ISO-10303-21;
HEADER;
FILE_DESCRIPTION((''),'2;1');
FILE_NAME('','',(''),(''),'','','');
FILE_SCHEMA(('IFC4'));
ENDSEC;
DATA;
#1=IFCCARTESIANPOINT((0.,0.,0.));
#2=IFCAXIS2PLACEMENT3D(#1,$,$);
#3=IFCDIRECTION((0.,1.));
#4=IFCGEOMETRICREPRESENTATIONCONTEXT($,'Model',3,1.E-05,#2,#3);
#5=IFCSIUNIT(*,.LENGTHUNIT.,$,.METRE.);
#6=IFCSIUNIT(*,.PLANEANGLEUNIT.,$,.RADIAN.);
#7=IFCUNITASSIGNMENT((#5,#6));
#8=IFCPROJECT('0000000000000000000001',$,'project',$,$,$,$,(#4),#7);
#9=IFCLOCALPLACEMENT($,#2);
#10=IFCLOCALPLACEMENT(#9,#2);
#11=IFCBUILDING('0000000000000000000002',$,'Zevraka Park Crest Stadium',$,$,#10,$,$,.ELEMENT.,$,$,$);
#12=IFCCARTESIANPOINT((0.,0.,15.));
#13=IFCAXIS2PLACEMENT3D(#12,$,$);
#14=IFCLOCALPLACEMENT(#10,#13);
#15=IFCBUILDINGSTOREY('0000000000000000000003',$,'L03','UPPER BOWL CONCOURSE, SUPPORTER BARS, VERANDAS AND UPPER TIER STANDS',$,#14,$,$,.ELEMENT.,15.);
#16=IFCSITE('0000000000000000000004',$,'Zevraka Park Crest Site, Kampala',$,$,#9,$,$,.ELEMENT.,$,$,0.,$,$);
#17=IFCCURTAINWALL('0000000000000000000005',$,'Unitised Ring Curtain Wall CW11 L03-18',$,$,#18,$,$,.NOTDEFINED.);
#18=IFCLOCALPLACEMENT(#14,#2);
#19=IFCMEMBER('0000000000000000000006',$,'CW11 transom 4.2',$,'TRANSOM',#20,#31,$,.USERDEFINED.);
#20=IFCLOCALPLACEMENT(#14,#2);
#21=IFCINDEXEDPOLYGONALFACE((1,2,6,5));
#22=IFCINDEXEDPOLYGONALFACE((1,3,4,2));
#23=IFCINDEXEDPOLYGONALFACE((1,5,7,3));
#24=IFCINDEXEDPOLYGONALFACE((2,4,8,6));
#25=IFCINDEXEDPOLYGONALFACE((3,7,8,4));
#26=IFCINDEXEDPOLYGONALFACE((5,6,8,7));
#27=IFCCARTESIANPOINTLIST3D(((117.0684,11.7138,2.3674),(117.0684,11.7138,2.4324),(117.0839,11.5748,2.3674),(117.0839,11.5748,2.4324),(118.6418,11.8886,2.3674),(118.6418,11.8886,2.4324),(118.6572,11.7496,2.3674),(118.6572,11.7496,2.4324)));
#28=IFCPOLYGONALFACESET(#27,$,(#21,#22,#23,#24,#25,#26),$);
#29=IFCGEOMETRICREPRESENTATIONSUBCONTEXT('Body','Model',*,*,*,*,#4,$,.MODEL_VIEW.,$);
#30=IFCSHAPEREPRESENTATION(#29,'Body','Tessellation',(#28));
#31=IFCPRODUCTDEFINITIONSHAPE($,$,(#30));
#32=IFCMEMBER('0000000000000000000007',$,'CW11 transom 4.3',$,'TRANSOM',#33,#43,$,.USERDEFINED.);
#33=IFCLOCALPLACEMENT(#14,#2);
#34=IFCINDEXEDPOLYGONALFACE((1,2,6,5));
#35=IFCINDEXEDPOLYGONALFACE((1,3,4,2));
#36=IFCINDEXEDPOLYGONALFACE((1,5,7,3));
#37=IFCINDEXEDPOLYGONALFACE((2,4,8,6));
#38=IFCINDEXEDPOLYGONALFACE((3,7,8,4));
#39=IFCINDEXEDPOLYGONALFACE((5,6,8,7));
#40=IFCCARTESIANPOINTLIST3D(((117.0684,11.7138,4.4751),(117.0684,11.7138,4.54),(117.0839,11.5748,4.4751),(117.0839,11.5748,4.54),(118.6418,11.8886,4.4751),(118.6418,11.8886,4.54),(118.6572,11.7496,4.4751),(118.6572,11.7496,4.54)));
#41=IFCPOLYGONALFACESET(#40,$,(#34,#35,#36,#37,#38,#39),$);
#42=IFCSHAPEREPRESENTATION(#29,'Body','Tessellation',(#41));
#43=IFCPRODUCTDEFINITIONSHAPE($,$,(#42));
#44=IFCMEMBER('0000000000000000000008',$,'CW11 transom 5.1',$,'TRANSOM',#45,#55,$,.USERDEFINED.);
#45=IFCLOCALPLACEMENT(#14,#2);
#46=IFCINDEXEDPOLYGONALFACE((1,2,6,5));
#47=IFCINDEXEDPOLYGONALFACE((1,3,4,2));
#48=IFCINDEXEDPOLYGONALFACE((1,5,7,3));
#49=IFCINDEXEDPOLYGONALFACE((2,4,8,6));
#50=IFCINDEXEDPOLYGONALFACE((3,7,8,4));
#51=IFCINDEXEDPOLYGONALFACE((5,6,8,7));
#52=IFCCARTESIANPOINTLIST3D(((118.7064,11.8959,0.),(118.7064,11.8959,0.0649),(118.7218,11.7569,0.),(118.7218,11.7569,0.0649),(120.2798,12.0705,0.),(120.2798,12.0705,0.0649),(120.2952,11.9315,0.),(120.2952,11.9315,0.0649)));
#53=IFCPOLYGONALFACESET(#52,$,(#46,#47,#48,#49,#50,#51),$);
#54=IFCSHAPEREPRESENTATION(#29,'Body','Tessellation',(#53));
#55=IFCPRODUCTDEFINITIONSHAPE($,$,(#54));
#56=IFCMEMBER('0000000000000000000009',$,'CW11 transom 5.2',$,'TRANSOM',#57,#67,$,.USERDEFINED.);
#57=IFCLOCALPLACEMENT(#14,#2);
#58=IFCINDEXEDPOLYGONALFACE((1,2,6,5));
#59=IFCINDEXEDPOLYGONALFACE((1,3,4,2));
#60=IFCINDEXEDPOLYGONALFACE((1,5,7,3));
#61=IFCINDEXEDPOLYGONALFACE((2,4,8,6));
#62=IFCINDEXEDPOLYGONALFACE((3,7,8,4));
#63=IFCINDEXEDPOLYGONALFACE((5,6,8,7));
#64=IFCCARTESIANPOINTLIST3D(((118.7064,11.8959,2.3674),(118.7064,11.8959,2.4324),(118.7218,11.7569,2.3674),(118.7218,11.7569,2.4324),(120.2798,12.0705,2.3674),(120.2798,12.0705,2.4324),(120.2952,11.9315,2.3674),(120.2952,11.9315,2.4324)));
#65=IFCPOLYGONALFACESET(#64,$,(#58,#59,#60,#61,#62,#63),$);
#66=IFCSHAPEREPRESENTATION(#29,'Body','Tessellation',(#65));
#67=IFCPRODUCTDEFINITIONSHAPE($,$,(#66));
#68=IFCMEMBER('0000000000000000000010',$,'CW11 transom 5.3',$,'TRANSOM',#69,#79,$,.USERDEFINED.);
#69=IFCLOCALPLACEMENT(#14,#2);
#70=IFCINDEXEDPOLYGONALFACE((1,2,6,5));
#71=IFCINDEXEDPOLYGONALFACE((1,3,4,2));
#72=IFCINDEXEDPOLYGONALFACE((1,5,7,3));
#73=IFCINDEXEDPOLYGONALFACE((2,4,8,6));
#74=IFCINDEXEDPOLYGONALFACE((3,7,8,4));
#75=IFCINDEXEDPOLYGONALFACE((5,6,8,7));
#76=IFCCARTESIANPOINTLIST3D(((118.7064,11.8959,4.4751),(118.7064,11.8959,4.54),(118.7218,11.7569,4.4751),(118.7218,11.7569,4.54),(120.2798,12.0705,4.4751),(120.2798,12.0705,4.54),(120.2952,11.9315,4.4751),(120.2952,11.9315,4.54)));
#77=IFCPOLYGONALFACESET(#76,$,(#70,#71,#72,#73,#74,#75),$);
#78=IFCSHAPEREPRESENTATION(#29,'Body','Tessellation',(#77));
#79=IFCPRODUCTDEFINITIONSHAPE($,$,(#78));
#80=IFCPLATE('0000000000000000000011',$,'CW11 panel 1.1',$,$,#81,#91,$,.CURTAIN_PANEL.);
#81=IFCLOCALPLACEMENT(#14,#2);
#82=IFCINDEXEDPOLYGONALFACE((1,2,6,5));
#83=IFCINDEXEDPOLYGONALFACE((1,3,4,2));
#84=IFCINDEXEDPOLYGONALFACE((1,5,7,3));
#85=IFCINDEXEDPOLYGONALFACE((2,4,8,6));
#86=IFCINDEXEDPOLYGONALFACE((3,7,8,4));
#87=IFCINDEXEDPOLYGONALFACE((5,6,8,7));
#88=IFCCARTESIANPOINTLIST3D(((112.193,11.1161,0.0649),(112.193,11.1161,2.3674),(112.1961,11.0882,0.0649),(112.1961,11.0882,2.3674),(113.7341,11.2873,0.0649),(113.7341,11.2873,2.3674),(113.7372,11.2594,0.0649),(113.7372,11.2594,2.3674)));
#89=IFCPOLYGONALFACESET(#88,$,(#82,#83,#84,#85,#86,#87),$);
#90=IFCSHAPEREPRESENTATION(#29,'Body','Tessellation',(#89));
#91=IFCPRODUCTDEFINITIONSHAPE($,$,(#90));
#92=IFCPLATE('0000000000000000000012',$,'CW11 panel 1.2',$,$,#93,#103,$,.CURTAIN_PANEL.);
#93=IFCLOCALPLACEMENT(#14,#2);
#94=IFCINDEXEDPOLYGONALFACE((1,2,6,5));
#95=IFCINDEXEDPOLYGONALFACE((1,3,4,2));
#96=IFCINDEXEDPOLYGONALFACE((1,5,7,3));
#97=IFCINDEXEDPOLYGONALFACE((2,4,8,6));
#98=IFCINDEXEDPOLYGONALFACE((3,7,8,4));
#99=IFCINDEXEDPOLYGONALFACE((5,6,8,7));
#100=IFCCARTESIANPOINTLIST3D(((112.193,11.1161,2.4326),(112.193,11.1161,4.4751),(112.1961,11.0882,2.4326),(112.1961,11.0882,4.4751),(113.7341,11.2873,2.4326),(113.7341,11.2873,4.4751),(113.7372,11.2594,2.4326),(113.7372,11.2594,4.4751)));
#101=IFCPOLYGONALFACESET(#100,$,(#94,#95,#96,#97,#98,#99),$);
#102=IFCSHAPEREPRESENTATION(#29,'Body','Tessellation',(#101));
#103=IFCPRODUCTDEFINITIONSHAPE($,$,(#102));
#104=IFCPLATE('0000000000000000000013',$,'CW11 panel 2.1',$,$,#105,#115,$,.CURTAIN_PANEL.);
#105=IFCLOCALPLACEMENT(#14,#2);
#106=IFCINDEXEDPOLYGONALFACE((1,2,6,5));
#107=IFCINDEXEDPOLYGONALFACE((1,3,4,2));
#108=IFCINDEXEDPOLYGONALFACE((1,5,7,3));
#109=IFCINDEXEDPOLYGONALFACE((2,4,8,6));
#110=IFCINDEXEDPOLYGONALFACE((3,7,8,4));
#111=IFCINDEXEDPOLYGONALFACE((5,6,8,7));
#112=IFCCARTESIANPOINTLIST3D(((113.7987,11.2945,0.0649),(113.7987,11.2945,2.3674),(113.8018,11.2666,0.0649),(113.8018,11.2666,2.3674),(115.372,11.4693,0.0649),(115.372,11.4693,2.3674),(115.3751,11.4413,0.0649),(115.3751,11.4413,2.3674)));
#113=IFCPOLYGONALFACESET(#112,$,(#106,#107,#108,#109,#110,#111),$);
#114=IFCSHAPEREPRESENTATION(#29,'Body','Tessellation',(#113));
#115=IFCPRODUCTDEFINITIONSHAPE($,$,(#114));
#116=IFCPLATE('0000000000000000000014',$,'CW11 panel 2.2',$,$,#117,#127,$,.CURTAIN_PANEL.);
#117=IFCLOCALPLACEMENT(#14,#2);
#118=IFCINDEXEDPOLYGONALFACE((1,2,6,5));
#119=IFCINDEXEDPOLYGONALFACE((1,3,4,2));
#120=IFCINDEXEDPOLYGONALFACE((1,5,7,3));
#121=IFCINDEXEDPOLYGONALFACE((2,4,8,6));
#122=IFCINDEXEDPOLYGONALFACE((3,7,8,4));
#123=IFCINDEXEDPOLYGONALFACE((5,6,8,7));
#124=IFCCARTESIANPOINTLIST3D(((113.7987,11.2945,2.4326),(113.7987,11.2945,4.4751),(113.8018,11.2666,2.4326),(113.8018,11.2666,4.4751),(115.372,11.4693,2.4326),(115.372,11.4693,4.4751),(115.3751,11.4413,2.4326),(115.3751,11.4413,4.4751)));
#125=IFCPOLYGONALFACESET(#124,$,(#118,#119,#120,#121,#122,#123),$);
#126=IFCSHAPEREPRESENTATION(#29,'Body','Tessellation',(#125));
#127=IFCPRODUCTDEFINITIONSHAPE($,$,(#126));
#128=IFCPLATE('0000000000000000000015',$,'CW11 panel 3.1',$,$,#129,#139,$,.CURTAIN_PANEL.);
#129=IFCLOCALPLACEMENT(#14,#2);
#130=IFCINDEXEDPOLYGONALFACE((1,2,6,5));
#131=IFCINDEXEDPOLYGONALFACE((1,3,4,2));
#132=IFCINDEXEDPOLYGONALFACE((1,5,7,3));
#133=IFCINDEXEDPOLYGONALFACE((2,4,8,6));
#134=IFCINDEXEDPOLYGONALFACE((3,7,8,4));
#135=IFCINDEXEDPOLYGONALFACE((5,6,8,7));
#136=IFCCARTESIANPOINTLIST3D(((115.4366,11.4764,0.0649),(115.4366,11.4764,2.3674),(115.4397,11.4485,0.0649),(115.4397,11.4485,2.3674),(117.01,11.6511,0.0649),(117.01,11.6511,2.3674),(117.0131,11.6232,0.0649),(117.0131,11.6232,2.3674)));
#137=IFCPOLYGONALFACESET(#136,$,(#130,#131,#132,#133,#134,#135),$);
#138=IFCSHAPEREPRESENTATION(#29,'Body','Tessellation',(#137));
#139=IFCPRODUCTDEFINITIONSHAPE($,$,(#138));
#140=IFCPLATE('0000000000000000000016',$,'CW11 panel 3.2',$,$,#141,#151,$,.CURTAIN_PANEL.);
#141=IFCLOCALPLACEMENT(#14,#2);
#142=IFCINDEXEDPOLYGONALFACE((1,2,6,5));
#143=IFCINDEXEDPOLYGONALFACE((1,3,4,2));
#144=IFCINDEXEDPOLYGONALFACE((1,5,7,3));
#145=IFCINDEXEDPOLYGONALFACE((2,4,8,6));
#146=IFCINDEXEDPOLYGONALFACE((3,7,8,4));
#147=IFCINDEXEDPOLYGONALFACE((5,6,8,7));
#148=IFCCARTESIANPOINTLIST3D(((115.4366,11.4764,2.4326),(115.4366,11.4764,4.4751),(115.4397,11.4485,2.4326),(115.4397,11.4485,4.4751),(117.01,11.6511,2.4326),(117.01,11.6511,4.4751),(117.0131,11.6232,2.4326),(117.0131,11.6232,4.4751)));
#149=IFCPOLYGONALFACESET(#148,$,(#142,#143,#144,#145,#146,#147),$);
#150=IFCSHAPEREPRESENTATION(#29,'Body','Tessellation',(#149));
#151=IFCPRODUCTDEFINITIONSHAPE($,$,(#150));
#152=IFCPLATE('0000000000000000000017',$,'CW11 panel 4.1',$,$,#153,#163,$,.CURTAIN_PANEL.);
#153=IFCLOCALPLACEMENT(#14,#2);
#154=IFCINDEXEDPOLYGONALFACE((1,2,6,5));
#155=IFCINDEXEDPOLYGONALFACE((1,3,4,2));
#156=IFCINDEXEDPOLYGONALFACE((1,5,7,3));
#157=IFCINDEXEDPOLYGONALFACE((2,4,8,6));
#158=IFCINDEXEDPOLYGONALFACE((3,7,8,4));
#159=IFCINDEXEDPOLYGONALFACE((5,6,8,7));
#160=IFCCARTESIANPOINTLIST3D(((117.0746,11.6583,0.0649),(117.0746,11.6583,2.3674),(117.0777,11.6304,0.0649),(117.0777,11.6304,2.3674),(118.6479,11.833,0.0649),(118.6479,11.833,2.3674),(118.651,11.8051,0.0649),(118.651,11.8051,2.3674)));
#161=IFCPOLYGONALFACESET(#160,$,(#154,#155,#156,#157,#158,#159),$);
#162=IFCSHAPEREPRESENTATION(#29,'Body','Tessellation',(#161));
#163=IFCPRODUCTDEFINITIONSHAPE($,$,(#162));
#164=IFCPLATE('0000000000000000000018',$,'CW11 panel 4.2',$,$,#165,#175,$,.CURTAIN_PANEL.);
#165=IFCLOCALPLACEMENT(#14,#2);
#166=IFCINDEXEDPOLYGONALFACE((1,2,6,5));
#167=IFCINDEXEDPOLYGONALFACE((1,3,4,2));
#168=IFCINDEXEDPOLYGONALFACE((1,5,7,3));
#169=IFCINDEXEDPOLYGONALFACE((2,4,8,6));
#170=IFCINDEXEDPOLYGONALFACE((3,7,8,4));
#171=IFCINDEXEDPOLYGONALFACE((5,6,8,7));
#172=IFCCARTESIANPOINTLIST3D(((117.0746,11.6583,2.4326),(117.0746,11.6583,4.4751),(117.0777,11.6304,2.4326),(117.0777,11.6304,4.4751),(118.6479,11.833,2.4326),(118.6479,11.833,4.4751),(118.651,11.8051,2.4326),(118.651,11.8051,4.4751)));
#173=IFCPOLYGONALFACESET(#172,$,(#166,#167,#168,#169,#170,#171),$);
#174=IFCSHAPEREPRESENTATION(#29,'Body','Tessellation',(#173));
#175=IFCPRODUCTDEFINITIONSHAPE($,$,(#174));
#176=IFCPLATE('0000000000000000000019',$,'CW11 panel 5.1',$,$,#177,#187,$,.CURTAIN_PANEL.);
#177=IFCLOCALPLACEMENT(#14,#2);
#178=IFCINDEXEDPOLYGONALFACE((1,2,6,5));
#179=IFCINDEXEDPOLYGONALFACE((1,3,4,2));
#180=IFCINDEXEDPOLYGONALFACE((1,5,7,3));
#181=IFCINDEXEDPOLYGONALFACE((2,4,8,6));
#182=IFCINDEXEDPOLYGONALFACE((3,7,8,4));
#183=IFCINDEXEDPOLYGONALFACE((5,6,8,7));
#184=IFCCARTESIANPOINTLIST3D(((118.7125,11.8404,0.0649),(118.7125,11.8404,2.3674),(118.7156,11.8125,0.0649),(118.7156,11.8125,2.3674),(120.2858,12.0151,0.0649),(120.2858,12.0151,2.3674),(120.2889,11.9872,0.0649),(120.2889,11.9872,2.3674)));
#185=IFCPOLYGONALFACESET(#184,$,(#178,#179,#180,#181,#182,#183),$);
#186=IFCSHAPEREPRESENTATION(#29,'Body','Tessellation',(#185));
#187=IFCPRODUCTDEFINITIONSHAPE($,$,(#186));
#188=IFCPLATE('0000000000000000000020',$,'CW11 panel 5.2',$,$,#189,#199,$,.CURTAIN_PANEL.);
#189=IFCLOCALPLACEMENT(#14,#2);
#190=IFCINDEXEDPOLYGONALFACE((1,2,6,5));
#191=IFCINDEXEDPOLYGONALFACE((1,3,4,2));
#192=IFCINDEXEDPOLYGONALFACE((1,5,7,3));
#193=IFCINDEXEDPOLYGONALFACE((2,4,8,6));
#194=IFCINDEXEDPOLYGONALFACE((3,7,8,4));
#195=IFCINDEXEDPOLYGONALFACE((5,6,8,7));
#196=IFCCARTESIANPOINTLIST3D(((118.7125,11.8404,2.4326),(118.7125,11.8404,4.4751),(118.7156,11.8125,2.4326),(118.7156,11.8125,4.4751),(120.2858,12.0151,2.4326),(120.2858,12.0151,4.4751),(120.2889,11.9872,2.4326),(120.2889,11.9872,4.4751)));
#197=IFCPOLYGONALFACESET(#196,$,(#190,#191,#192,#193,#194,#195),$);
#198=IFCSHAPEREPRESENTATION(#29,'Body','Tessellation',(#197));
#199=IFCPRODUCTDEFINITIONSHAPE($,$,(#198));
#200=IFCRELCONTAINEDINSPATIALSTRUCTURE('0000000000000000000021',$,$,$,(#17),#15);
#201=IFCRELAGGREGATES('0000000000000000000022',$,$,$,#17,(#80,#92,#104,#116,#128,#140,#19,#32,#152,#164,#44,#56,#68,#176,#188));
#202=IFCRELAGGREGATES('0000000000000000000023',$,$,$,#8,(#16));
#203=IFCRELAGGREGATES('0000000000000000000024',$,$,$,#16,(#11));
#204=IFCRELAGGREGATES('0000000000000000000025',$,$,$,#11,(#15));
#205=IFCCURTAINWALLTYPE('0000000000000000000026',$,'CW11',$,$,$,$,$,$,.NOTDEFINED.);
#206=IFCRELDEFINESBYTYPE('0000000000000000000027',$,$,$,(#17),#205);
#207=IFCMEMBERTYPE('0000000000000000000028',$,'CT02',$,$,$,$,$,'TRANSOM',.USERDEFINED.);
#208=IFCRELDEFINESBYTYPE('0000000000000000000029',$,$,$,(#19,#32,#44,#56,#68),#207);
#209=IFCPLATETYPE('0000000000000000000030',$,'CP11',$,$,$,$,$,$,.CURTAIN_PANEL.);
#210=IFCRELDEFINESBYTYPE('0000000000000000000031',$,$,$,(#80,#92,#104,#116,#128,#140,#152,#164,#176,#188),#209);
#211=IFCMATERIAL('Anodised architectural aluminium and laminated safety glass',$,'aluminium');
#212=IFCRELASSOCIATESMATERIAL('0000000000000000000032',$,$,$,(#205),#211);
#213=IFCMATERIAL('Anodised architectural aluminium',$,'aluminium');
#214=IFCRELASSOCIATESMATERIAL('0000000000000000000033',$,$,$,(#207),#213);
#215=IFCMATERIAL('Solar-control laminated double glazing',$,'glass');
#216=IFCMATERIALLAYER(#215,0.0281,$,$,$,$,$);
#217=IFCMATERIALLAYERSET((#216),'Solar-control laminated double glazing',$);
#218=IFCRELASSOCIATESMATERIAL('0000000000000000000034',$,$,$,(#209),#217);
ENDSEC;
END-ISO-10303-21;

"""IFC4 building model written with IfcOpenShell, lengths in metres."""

from ifc_helpers import new_model, si_unit, direction, frame, origin, origin_2d, place, context, subcontext, project, spatial, rectangle, extrude, material, layer, layer_set, material_profile, profile_set, type_object, element, aggregate, save


model = new_model("IFC4")

# Units and contexts
model_context = context("Model", 3, precision=1e-05, world=origin(), true_north=direction((0.0, 1.0)))
body_context = subcontext(model_context, "Body", "Model", "MODEL_VIEW")
ifc_project = project(units=[si_unit("LENGTHUNIT", "METRE"), si_unit("PLANEANGLEUNIT", "RADIAN")], contexts=[model_context])

# Site, building, storey
site_placement = place(None, origin())
site = spatial("IfcSite", under=ifc_project, at=site_placement, Name="Zevraka Park Crest Site, Kampala", CompositionType="ELEMENT", RefElevation=0.0)
building_placement = place(site_placement, origin())
building = spatial("IfcBuilding", under=site, at=building_placement, Name="Zevraka Park Crest Stadium", CompositionType="ELEMENT")
storey_placement = place(building_placement, frame((0.0, 0.0, 15.0)))
storey = spatial("IfcBuildingStorey", under=building, at=storey_placement, Name="L03", Description="UPPER BOWL CONCOURSE, SUPPORTER BARS, VERANDAS AND UPPER TIER STANDS", CompositionType="ELEMENT", Elevation=15.0)

# Curtain wall, members, plates
ifc_material_1 = material(Name="Anodised architectural aluminium and laminated safety glass", Category="aluminium")
curtain_wall_type = type_object("IfcCurtainWallType", Name="CW11", PredefinedType="NOTDEFINED", material=ifc_material_1)
curtain_wall_placement = place(storey_placement, origin())
curtain_wall = element("IfcCurtainWall", 1, at=curtain_wall_placement, inside=storey, type_object=curtain_wall_type, Name="Unitised Ring Curtain Wall CW11 L03-18", PredefinedType="NOTDEFINED")
ifc_material_2 = material(Name="Anodised architectural aluminium", Category="aluminium")
ifc_material_profile_1 = material_profile(ifc_material_2, rectangle(XDim=0.1399, YDim=0.0649, at=origin_2d()), Name="ALU TRANSOM 140x65")
ifc_profile_set_1 = profile_set([ifc_material_profile_1], Name="Anodised architectural aluminium")
member_type_1 = type_object("IfcMemberType", Name="CT02", ElementType="TRANSOM", PredefinedType="USERDEFINED", material=ifc_profile_set_1)
member_1_placement = place(storey_placement, frame((117.0762, 11.6443, 2.3999), z_axis=(0.993884, 0.110432, 0.0), x_axis=(-0.110432, 0.993884, 0.0)))
member_1 = element("IfcMember", 2, at=member_1_placement, type_object=member_type_1, Name="CW11 transom 4.2", ObjectType="TRANSOM", PredefinedType="USERDEFINED", context=body_context, shape_type="SweptSolid", body=[
    extrude(rectangle(XDim=0.1399, YDim=0.0649, at=origin_2d()), origin(), (0.0, 0.0, 1.0), 1.583),
])
member_2_placement = place(storey_placement, frame((117.0762, 11.6443, 4.5076), z_axis=(0.993884, 0.110432, 0.0), x_axis=(-0.110432, 0.993884, 0.0)))
member_2 = element("IfcMember", 3, at=member_2_placement, type_object=member_type_1, Name="CW11 transom 4.3", ObjectType="TRANSOM", PredefinedType="USERDEFINED", context=body_context, shape_type="SweptSolid", body=[
    extrude(rectangle(XDim=0.1399, YDim=0.0649, at=origin_2d()), origin(), (0.0, 0.0, 1.0), 1.583),
])
member_3_placement = place(storey_placement, frame((118.7141, 11.8264, 0.0325), z_axis=(0.993901, 0.110279, 0.0), x_axis=(-0.110279, 0.993901, 0.0)))
member_3 = element("IfcMember", 4, at=member_3_placement, type_object=member_type_1, Name="CW11 transom 5.1", ObjectType="TRANSOM", PredefinedType="USERDEFINED", context=body_context, shape_type="SweptSolid", body=[
    extrude(rectangle(XDim=0.1399, YDim=0.0649, at=origin_2d()), origin(), (0.0, 0.0, 1.0), 1.583),
])
member_4_placement = place(storey_placement, frame((118.7141, 11.8264, 2.3999), z_axis=(0.993901, 0.110279, 0.0), x_axis=(-0.110279, 0.993901, 0.0)))
member_4 = element("IfcMember", 5, at=member_4_placement, type_object=member_type_1, Name="CW11 transom 5.2", ObjectType="TRANSOM", PredefinedType="USERDEFINED", context=body_context, shape_type="SweptSolid", body=[
    extrude(rectangle(XDim=0.1399, YDim=0.0649, at=origin_2d()), origin(), (0.0, 0.0, 1.0), 1.583),
])
member_5_placement = place(storey_placement, frame((118.7141, 11.8264, 4.5076), z_axis=(0.993901, 0.110279, 0.0), x_axis=(-0.110279, 0.993901, 0.0)))
member_5 = element("IfcMember", 6, at=member_5_placement, type_object=member_type_1, Name="CW11 transom 5.3", ObjectType="TRANSOM", PredefinedType="USERDEFINED", context=body_context, shape_type="SweptSolid", body=[
    extrude(rectangle(XDim=0.1399, YDim=0.0649, at=origin_2d()), origin(), (0.0, 0.0, 1.0), 1.583),
])
ifc_material_3 = material(Name="Solar-control laminated double glazing", Category="glass")
ifc_layer_1 = layer(ifc_material_3, 0.0281)
ifc_layer_set_1 = layer_set([ifc_layer_1], Name="Solar-control laminated double glazing")
plate_type = type_object("IfcPlateType", Name="CP11", PredefinedType="CURTAIN_PANEL", material=ifc_layer_set_1)
plate_1_placement = place(storey_placement, frame((112.9651, 11.1877, 0.0649), z_axis=(0.0, 0.0, 1.0), x_axis=(0.993888, 0.110396, 0.0)))
plate_1 = element("IfcPlate", 7, at=plate_1_placement, type_object=plate_type, Name="CW11 panel 1.1", PredefinedType="CURTAIN_PANEL", context=body_context, shape_type="SweptSolid", body=[
    extrude(rectangle(XDim=1.5505, YDim=0.0281, at=origin_2d()), origin(), (0.0, 0.0, 1.0), 2.3025),
])
plate_2_placement = place(storey_placement, frame((112.9651, 11.1877, 2.4326), z_axis=(0.0, 0.0, 1.0), x_axis=(0.993888, 0.110396, 0.0)))
plate_2 = element("IfcPlate", 8, at=plate_2_placement, type_object=plate_type, Name="CW11 panel 1.2", PredefinedType="CURTAIN_PANEL", context=body_context, shape_type="SweptSolid", body=[
    extrude(rectangle(XDim=1.5505, YDim=0.0281, at=origin_2d()), origin(), (0.0, 0.0, 1.0), 2.0425),
])
plate_3_placement = place(storey_placement, frame((114.5869, 11.3679, 0.0649), z_axis=(0.0, 0.0, 1.0), x_axis=(0.993888, 0.110396, 0.0)))
plate_3 = element("IfcPlate", 9, at=plate_3_placement, type_object=plate_type, Name="CW11 panel 2.1", PredefinedType="CURTAIN_PANEL", context=body_context, shape_type="SweptSolid", body=[
    extrude(rectangle(XDim=1.583, YDim=0.0281, at=origin_2d()), origin(), (0.0, 0.0, 1.0), 2.3025),
])
plate_4_placement = place(storey_placement, frame((114.5869, 11.3679, 2.4326), z_axis=(0.0, 0.0, 1.0), x_axis=(0.993888, 0.110396, 0.0)))
plate_4 = element("IfcPlate", 10, at=plate_4_placement, type_object=plate_type, Name="CW11 panel 2.2", PredefinedType="CURTAIN_PANEL", context=body_context, shape_type="SweptSolid", body=[
    extrude(rectangle(XDim=1.583, YDim=0.0281, at=origin_2d()), origin(), (0.0, 0.0, 1.0), 2.0425),
])
plate_5_placement = place(storey_placement, frame((116.2249, 11.5498, 0.0649), z_axis=(0.0, 0.0, 1.0), x_axis=(0.993888, 0.110396, 0.0)))
plate_5 = element("IfcPlate", 11, at=plate_5_placement, type_object=plate_type, Name="CW11 panel 3.1", PredefinedType="CURTAIN_PANEL", context=body_context, shape_type="SweptSolid", body=[
    extrude(rectangle(XDim=1.583, YDim=0.0281, at=origin_2d()), origin(), (0.0, 0.0, 1.0), 2.3025),
])
plate_6_placement = place(storey_placement, frame((116.2249, 11.5498, 2.4326), z_axis=(0.0, 0.0, 1.0), x_axis=(0.993888, 0.110396, 0.0)))
plate_6 = element("IfcPlate", 12, at=plate_6_placement, type_object=plate_type, Name="CW11 panel 3.2", PredefinedType="CURTAIN_PANEL", context=body_context, shape_type="SweptSolid", body=[
    extrude(rectangle(XDim=1.583, YDim=0.0281, at=origin_2d()), origin(), (0.0, 0.0, 1.0), 2.0425),
])
plate_7_placement = place(storey_placement, frame((117.8628, 11.7317, 0.0649), z_axis=(0.0, 0.0, 1.0), x_axis=(0.993888, 0.110396, 0.0)))
plate_7 = element("IfcPlate", 13, at=plate_7_placement, type_object=plate_type, Name="CW11 panel 4.1", PredefinedType="CURTAIN_PANEL", context=body_context, shape_type="SweptSolid", body=[
    extrude(rectangle(XDim=1.583, YDim=0.0281, at=origin_2d()), origin(), (0.0, 0.0, 1.0), 2.3025),
])
plate_8_placement = place(storey_placement, frame((117.8628, 11.7317, 2.4326), z_axis=(0.0, 0.0, 1.0), x_axis=(0.993888, 0.110396, 0.0)))
plate_8 = element("IfcPlate", 14, at=plate_8_placement, type_object=plate_type, Name="CW11 panel 4.2", PredefinedType="CURTAIN_PANEL", context=body_context, shape_type="SweptSolid", body=[
    extrude(rectangle(XDim=1.583, YDim=0.0281, at=origin_2d()), origin(), (0.0, 0.0, 1.0), 2.0425),
])
plate_9_placement = place(storey_placement, frame((119.5007, 11.9138, 0.0649), z_axis=(0.0, 0.0, 1.0), x_axis=(0.993888, 0.110396, 0.0)))
plate_9 = element("IfcPlate", 15, at=plate_9_placement, type_object=plate_type, Name="CW11 panel 5.1", PredefinedType="CURTAIN_PANEL", context=body_context, shape_type="SweptSolid", body=[
    extrude(rectangle(XDim=1.583, YDim=0.0281, at=origin_2d()), origin(), (0.0, 0.0, 1.0), 2.3025),
])
plate_10_placement = place(storey_placement, frame((119.5007, 11.9138, 2.4326), z_axis=(0.0, 0.0, 1.0), x_axis=(0.993888, 0.110396, 0.0)))
plate_10 = element("IfcPlate", 16, at=plate_10_placement, type_object=plate_type, Name="CW11 panel 5.2", PredefinedType="CURTAIN_PANEL", context=body_context, shape_type="SweptSolid", body=[
    extrude(rectangle(XDim=1.583, YDim=0.0281, at=origin_2d()), origin(), (0.0, 0.0, 1.0), 2.0425),
])
aggregate(curtain_wall, [plate_1, plate_2, plate_3, plate_4, plate_5, plate_6, member_1, member_2, plate_7, plate_8, member_3, member_4, member_5, plate_9, plate_10])

save(model, "model.ifc")
